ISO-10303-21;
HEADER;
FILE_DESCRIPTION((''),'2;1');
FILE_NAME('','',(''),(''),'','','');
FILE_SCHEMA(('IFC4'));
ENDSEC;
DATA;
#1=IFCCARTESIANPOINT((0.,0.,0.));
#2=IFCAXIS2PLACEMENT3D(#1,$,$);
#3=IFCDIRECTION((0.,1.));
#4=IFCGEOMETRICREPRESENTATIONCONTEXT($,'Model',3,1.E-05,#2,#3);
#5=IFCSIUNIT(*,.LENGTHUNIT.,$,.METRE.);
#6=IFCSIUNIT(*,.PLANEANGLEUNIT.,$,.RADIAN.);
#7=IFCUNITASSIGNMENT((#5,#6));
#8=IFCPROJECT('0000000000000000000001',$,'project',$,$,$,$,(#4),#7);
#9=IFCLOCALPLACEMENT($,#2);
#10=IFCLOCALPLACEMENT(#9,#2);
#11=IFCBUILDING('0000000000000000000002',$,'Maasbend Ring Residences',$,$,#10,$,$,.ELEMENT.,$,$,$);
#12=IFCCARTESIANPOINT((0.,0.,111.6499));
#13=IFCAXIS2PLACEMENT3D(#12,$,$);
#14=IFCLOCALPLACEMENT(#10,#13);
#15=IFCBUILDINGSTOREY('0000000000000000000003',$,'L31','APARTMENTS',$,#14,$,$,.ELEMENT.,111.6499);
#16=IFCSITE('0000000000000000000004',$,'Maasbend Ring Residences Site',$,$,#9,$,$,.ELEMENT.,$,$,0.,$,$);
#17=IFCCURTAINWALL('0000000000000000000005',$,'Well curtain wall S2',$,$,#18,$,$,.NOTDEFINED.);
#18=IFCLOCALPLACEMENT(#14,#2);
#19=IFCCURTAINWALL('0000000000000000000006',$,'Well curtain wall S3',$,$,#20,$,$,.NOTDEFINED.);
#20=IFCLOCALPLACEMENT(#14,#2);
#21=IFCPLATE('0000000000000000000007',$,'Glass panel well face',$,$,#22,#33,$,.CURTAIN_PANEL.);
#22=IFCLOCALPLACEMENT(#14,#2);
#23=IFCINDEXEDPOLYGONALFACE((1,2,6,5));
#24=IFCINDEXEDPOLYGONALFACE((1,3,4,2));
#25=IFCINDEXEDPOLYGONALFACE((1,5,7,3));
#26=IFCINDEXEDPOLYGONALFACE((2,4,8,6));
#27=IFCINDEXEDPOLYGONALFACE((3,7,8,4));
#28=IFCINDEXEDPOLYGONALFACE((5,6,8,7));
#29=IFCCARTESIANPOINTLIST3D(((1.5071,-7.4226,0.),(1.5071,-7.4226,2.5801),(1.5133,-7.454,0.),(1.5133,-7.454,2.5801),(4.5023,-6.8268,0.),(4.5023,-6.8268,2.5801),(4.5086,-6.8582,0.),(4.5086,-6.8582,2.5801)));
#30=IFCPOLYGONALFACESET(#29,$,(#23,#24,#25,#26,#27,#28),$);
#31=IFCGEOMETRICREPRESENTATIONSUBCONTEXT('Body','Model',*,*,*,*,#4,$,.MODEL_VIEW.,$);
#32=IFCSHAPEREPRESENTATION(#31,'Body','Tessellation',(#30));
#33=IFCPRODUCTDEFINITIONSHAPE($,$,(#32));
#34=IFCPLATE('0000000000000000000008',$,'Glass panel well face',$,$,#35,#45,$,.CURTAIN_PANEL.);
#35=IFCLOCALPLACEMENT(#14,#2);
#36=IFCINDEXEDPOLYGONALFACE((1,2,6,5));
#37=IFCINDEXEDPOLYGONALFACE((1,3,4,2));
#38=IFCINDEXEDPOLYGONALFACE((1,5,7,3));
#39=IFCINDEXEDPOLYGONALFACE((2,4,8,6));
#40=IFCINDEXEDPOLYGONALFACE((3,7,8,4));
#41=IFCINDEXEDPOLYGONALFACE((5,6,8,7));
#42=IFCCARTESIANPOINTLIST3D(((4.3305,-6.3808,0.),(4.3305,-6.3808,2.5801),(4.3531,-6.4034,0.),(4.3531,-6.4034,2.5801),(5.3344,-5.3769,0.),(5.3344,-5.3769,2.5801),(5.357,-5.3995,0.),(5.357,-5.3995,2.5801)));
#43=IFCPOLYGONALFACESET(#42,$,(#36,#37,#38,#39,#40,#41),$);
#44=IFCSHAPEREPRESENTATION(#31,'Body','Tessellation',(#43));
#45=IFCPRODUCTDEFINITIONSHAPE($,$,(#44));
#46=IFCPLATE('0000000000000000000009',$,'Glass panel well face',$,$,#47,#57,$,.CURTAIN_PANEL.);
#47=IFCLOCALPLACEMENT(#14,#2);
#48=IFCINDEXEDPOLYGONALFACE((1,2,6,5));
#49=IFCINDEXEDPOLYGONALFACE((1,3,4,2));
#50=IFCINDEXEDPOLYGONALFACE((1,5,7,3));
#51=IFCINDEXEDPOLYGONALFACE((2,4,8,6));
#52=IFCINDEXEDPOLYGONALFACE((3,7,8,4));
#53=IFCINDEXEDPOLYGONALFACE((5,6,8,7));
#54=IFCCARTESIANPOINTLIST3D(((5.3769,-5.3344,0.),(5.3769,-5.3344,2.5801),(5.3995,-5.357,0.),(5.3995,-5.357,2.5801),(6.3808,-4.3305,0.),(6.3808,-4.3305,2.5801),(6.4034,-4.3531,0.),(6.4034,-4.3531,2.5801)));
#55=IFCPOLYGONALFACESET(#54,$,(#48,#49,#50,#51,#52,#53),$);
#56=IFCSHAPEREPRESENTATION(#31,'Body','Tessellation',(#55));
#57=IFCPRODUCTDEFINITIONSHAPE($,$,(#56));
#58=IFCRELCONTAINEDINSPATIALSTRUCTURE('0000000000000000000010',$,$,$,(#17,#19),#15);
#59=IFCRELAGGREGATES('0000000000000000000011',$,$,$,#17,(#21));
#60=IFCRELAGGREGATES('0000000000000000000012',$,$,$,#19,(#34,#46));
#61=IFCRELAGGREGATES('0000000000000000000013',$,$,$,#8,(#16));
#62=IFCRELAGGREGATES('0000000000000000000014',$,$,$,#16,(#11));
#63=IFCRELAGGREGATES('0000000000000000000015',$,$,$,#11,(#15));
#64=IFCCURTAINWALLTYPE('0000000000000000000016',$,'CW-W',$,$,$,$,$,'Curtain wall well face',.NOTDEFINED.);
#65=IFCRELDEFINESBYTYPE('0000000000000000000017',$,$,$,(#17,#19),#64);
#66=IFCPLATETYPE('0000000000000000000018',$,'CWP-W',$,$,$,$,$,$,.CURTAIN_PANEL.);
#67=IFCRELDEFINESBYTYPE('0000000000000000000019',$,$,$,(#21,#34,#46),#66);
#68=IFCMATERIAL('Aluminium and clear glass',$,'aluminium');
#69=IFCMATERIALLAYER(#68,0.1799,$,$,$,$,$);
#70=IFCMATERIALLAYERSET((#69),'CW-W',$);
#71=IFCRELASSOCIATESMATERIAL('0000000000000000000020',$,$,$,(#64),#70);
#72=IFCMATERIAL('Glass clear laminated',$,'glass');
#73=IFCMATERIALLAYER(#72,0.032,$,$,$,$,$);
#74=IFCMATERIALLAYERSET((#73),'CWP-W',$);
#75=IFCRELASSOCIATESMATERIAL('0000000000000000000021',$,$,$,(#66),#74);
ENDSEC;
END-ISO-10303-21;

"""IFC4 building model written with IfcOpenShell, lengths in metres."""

from ifc_helpers import new_model, si_unit, direction, frame, origin, origin_2d, place, context, subcontext, project, spatial, rectangle, extrude, material, layer, layer_set, type_object, element, aggregate, save


model = new_model("IFC4")

# Units and contexts
model_context = context("Model", 3, precision=1e-05, world=origin(), true_north=direction((0.0, 1.0)))
body_context = subcontext(model_context, "Body", "Model", "MODEL_VIEW")
ifc_project = project(units=[si_unit("LENGTHUNIT", "METRE"), si_unit("PLANEANGLEUNIT", "RADIAN")], contexts=[model_context])

# Site, building, storey
site_placement = place(None, origin())
site = spatial("IfcSite", under=ifc_project, at=site_placement, Name="Maasbend Ring Residences Site", CompositionType="ELEMENT", RefElevation=0.0)
building_placement = place(site_placement, origin())
building = spatial("IfcBuilding", under=site, at=building_placement, Name="Maasbend Ring Residences", CompositionType="ELEMENT")
storey_placement = place(building_placement, frame((0.0, 0.0, 111.6499)))
storey = spatial("IfcBuildingStorey", under=building, at=storey_placement, Name="L31", Description="APARTMENTS", CompositionType="ELEMENT", Elevation=111.6499)

# Curtain walls
ifc_material_1 = material(Name="Aluminium and clear glass", Category="aluminium")
ifc_layer_1 = layer(ifc_material_1, 0.1799)
ifc_layer_set_1 = layer_set([ifc_layer_1], Name="CW-W")
curtain_wall_type = type_object("IfcCurtainWallType", Name="CW-W", ElementType="Curtain wall well face", PredefinedType="NOTDEFINED", material=ifc_layer_set_1)
curtain_wall_1_placement = place(storey_placement, origin())
curtain_wall_1 = element("IfcCurtainWall", 1, at=curtain_wall_1_placement, inside=storey, type_object=curtain_wall_type, Name="Well curtain wall S2", PredefinedType="NOTDEFINED")
curtain_wall_2_placement = place(storey_placement, origin())
curtain_wall_2 = element("IfcCurtainWall", 2, at=curtain_wall_2_placement, inside=storey, type_object=curtain_wall_type, Name="Well curtain wall S3", PredefinedType="NOTDEFINED")

# Plates
ifc_material_2 = material(Name="Glass clear laminated", Category="glass")
ifc_layer_2 = layer(ifc_material_2, 0.032)
ifc_layer_set_2 = layer_set([ifc_layer_2], Name="CWP-W")
plate_type = type_object("IfcPlateType", Name="CWP-W", PredefinedType="CURTAIN_PANEL", material=ifc_layer_set_2)
plate_1_placement = place(storey_placement, frame((3.0078, -7.1404, 0.0), z_axis=(0.0, 0.0, 1.0), x_axis=(0.980785, 0.19509, 0.0)))
plate_1 = element("IfcPlate", 3, at=plate_1_placement, type_object=plate_type, Name="Glass panel well face", PredefinedType="CURTAIN_PANEL", context=body_context, shape_type="SweptSolid", body=[
    extrude(rectangle(XDim=3.054, YDim=0.032, at=origin_2d()), origin(), (0.0, 0.0, 1.0), 2.5801),
])
aggregate(curtain_wall_1, [plate_1])
plate_2_placement = place(storey_placement, frame((4.8438, -5.8901, 0.0), z_axis=(0.0, 0.0, 1.0), x_axis=(0.707107, 0.707107, 0.0)))
plate_2 = element("IfcPlate", 4, at=plate_2_placement, type_object=plate_type, Name="Glass panel well face", PredefinedType="CURTAIN_PANEL", context=body_context, shape_type="SweptSolid", body=[
    extrude(rectangle(XDim=1.4197, YDim=0.032, at=origin_2d()), origin(), (0.0, 0.0, 1.0), 2.5801),
])
plate_3_placement = place(storey_placement, frame((5.8901, -4.8438, 0.0), z_axis=(0.0, 0.0, 1.0), x_axis=(0.707107, 0.707107, 0.0)))
plate_3 = element("IfcPlate", 5, at=plate_3_placement, type_object=plate_type, Name="Glass panel well face", PredefinedType="CURTAIN_PANEL", context=body_context, shape_type="SweptSolid", body=[
    extrude(rectangle(XDim=1.4197, YDim=0.032, at=origin_2d()), origin(), (0.0, 0.0, 1.0), 2.5801),
])
aggregate(curtain_wall_2, [plate_2, plate_3])

save(model, "model.ifc")
